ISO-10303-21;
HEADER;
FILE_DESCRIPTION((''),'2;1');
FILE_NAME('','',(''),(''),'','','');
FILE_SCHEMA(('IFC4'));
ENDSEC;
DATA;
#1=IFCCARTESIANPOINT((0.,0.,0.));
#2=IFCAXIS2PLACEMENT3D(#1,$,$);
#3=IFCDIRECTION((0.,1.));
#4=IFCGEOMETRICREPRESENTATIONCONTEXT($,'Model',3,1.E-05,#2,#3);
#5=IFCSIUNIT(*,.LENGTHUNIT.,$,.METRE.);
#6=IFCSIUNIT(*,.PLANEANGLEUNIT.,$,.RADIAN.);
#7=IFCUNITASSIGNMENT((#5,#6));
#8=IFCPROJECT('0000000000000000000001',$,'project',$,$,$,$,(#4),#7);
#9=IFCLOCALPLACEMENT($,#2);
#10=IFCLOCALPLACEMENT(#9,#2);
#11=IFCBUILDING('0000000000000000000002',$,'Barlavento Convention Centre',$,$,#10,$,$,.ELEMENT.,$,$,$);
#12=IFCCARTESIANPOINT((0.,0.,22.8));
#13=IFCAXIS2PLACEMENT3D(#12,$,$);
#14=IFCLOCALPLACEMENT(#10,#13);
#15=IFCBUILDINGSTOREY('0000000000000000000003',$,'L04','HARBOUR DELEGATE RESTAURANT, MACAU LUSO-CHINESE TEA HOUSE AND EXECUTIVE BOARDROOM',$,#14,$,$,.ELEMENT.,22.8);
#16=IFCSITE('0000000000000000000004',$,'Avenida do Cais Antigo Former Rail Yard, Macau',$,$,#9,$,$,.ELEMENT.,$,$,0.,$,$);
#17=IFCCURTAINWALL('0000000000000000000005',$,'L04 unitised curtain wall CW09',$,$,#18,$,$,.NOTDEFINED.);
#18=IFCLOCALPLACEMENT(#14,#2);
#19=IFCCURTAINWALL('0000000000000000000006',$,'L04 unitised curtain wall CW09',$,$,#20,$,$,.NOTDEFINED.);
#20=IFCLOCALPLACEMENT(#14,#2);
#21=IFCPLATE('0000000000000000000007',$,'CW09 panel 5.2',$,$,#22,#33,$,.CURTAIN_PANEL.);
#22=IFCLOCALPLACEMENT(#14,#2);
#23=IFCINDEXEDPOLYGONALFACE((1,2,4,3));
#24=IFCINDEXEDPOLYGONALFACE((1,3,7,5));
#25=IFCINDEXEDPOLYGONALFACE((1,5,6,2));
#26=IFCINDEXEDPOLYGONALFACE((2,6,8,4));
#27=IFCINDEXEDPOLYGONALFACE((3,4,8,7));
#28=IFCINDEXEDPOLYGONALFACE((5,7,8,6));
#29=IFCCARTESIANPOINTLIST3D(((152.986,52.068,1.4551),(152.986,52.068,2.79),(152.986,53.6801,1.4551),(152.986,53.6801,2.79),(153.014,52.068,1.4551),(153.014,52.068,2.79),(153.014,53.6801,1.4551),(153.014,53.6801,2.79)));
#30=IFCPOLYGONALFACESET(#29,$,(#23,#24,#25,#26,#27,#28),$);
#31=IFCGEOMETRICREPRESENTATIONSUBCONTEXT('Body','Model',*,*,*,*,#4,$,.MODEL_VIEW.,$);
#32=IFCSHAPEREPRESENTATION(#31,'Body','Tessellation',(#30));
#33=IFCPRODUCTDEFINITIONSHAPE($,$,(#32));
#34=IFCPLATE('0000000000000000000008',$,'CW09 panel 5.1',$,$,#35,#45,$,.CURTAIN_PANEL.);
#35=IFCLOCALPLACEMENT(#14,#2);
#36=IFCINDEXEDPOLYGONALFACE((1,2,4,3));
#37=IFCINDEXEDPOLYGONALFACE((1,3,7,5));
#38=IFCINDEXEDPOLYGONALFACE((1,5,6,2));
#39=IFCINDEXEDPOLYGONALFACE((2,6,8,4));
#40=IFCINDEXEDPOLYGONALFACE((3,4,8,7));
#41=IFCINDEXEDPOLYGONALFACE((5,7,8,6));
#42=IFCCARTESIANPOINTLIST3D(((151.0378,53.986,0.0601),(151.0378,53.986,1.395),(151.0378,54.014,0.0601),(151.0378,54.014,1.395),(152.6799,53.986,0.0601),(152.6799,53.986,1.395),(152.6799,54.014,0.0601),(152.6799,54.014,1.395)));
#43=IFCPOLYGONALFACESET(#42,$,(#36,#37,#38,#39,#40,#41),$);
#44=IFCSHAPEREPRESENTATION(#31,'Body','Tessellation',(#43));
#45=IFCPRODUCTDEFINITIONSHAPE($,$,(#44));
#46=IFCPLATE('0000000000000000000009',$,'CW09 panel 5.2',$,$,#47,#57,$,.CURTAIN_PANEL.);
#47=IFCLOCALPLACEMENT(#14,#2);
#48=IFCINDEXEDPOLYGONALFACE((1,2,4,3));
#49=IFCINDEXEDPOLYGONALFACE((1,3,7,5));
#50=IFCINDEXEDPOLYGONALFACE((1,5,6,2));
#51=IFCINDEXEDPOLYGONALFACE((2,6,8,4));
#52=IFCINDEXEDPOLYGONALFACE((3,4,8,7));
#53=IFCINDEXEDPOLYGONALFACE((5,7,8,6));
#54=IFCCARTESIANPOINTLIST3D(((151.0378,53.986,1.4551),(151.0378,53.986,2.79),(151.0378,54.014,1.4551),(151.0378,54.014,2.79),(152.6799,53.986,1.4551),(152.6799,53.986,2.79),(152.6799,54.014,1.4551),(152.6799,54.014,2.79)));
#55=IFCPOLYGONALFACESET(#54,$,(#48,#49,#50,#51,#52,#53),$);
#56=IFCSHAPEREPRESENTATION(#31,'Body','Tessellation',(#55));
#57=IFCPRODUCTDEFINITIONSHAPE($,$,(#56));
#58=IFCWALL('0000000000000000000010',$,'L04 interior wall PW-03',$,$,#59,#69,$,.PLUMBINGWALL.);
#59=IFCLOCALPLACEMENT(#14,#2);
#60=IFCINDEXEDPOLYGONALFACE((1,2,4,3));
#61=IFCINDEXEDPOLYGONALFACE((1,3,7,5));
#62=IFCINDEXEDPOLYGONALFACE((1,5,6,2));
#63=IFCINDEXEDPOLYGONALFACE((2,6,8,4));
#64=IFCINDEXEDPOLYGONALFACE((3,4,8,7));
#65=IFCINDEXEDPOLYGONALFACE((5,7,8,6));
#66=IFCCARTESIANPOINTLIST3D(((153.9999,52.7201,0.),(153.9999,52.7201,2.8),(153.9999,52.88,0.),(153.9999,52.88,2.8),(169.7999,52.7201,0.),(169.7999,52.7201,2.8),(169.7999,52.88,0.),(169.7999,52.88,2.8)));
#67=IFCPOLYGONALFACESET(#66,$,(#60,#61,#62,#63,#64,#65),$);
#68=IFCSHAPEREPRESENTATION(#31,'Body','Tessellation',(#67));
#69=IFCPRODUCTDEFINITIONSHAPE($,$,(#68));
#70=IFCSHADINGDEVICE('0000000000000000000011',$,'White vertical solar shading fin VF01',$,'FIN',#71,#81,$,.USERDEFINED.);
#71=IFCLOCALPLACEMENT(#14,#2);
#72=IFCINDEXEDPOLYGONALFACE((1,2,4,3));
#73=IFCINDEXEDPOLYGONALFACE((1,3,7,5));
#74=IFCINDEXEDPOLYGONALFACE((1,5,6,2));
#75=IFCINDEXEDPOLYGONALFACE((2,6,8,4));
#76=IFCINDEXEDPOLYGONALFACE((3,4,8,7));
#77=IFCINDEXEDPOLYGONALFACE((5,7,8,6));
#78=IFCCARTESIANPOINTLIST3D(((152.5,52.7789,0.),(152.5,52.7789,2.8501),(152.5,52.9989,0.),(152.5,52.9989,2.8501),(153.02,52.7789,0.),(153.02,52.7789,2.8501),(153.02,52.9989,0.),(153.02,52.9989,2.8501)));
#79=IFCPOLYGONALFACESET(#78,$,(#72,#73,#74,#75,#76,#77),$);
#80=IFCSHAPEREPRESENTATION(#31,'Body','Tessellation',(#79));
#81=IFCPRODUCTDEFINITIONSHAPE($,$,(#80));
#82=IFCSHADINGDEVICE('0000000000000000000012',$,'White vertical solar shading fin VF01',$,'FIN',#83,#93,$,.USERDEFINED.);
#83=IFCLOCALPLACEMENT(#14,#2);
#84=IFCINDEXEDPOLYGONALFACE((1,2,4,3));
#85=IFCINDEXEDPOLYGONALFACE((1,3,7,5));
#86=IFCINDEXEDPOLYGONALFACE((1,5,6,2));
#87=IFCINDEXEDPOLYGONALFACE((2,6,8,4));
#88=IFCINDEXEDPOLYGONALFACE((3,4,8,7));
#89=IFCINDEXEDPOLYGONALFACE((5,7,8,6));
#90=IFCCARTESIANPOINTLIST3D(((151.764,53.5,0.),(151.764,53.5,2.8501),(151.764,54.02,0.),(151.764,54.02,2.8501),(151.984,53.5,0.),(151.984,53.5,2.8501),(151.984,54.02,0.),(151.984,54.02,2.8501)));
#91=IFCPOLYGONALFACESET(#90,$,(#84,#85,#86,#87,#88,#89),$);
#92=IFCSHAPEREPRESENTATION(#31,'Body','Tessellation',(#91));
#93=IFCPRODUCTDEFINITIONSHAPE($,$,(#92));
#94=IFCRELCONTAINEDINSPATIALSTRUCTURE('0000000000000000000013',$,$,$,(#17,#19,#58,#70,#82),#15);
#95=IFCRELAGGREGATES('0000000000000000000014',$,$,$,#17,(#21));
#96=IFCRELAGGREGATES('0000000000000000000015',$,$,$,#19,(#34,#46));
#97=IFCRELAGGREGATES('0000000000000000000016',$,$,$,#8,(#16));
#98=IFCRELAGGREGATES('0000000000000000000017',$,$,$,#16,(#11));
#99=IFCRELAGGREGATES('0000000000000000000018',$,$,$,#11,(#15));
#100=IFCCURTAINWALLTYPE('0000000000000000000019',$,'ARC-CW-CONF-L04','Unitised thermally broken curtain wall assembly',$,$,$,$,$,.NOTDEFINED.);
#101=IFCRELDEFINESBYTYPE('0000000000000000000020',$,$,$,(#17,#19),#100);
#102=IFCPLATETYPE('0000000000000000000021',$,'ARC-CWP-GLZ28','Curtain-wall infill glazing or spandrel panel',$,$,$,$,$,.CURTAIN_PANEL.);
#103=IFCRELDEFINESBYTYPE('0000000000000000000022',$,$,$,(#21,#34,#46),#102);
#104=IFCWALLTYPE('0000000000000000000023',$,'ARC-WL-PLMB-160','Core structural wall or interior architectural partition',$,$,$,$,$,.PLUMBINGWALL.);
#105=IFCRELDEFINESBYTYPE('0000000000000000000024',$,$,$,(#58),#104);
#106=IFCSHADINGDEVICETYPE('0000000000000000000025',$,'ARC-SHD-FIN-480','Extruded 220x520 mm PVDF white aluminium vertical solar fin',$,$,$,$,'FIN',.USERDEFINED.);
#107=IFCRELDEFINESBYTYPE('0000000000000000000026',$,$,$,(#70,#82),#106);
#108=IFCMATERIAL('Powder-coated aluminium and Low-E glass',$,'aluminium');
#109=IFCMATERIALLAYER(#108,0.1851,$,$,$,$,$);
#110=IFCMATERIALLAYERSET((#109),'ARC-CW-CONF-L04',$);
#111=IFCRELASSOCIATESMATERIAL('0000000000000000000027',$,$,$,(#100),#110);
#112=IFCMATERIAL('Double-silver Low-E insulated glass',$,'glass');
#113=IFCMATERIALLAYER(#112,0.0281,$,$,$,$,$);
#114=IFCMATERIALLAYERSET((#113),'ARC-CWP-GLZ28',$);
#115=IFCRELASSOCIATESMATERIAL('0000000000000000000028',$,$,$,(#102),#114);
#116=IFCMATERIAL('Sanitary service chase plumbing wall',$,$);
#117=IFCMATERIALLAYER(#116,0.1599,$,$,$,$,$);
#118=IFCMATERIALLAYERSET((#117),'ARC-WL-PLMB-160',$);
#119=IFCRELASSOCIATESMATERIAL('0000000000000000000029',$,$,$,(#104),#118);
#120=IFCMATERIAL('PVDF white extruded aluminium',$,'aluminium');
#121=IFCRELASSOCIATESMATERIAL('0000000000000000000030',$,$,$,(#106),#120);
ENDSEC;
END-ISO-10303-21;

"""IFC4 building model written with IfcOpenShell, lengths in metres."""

from ifc_helpers import new_model, si_unit, direction, frame, frame_2d, origin, origin_2d, place, context, subcontext, project, spatial, rectangle, extrude, material, layer, layer_set, type_object, element, aggregate, save


model = new_model("IFC4")

# Units and contexts
model_context = context("Model", 3, precision=1e-05, world=origin(), true_north=direction((0.0, 1.0)))
body_context = subcontext(model_context, "Body", "Model", "MODEL_VIEW")
ifc_project = project(units=[si_unit("LENGTHUNIT", "METRE"), si_unit("PLANEANGLEUNIT", "RADIAN")], contexts=[model_context])

# Site, building, storey
site_placement = place(None, origin())
site = spatial("IfcSite", under=ifc_project, at=site_placement, Name="Avenida do Cais Antigo Former Rail Yard, Macau", CompositionType="ELEMENT", RefElevation=0.0)
building_placement = place(site_placement, origin())
building = spatial("IfcBuilding", under=site, at=building_placement, Name="Barlavento Convention Centre", CompositionType="ELEMENT")
storey_placement = place(building_placement, frame((0.0, 0.0, 22.8)))
storey = spatial("IfcBuildingStorey", under=building, at=storey_placement, Name="L04", Description="HARBOUR DELEGATE RESTAURANT, MACAU LUSO-CHINESE TEA HOUSE AND EXECUTIVE BOARDROOM", CompositionType="ELEMENT", Elevation=22.8)

# Shared definitions
ifc_material_1 = material(Name="Powder-coated aluminium and Low-E glass", Category="aluminium")

# Curtain walls
ifc_layer_1 = layer(ifc_material_1, 0.1851)
ifc_layer_set_1 = layer_set([ifc_layer_1], Name="ARC-CW-CONF-L04")
curtain_wall_type_1 = type_object("IfcCurtainWallType", Name="ARC-CW-CONF-L04", Description="Unitised thermally broken curtain wall assembly", PredefinedType="NOTDEFINED", material=ifc_layer_set_1)
curtain_wall_1_placement = place(storey_placement, origin())
curtain_wall_1 = element("IfcCurtainWall", 1, at=curtain_wall_1_placement, inside=storey, type_object=curtain_wall_type_1, Name="L04 unitised curtain wall CW09", PredefinedType="NOTDEFINED")
curtain_wall_2_placement = place(storey_placement, origin())
curtain_wall_2 = element("IfcCurtainWall", 2, at=curtain_wall_2_placement, inside=storey, type_object=curtain_wall_type_1, Name="L04 unitised curtain wall CW09", PredefinedType="NOTDEFINED")

# Plates
ifc_material_2 = material(Name="Double-silver Low-E insulated glass", Category="glass")
ifc_layer_2 = layer(ifc_material_2, 0.0281)
ifc_layer_set_2 = layer_set([ifc_layer_2], Name="ARC-CWP-GLZ28")
plate_type = type_object("IfcPlateType", Name="ARC-CWP-GLZ28", Description="Curtain-wall infill glazing or spandrel panel", PredefinedType="CURTAIN_PANEL", material=ifc_layer_set_2)
plate_1_placement = place(storey_placement, frame((153.0, 52.874, 1.4551), z_axis=(0.0, 0.0, 1.0), x_axis=(0.0, 1.0, 0.0)))
plate_1 = element("IfcPlate", 3, at=plate_1_placement, type_object=plate_type, Name="CW09 panel 5.2", PredefinedType="CURTAIN_PANEL", context=body_context, shape_type="SweptSolid", body=[
    extrude(rectangle(XDim=1.6121, YDim=0.0281, at=origin_2d()), origin(), (0.0, 0.0, 1.0), 1.335),
])
aggregate(curtain_wall_1, [plate_1])
plate_2_placement = place(storey_placement, frame((151.8589, 54.0, 0.0601), z_axis=(0.0, 0.0, 1.0), x_axis=(1.0, 0.0, 0.0)))
plate_2 = element("IfcPlate", 4, at=plate_2_placement, type_object=plate_type, Name="CW09 panel 5.1", PredefinedType="CURTAIN_PANEL", context=body_context, shape_type="SweptSolid", body=[
    extrude(rectangle(XDim=1.6421, YDim=0.0281, at=origin_2d()), origin(), (0.0, 0.0, 1.0), 1.335),
])
plate_3_placement = place(storey_placement, frame((151.8589, 54.0, 1.4551), z_axis=(0.0, 0.0, 1.0), x_axis=(1.0, 0.0, 0.0)))
plate_3 = element("IfcPlate", 5, at=plate_3_placement, type_object=plate_type, Name="CW09 panel 5.2", PredefinedType="CURTAIN_PANEL", context=body_context, shape_type="SweptSolid", body=[
    extrude(rectangle(XDim=1.6421, YDim=0.0281, at=origin_2d()), origin(), (0.0, 0.0, 1.0), 1.335),
])
aggregate(curtain_wall_2, [plate_2, plate_3])

# Wall
ifc_material_3 = material(Name="Sanitary service chase plumbing wall")
ifc_layer_3 = layer(ifc_material_3, 0.1599)
ifc_layer_set_3 = layer_set([ifc_layer_3], Name="ARC-WL-PLMB-160")
wall_type = type_object("IfcWallType", Name="ARC-WL-PLMB-160", Description="Core structural wall or interior architectural partition", PredefinedType="PLUMBINGWALL", material=ifc_layer_set_3)
wall_placement = place(storey_placement, frame((154.0, 52.8, 0.0), z_axis=(0.0, 0.0, 1.0), x_axis=(1.0, 0.0, 0.0)))
element("IfcWall", 6, at=wall_placement, inside=storey, type_object=wall_type, Name="L04 interior wall PW-03", PredefinedType="PLUMBINGWALL", context=body_context, shape_type="SweptSolid", body=[
    extrude(rectangle(XDim=15.8, YDim=0.1599, at=frame_2d((7.8999, 0.0))), origin(), (0.0, 0.0, 1.0), 2.8),
])

# Shading devices
ifc_material_4 = material(Name="PVDF white extruded aluminium", Category="aluminium")
shading_device_type = type_object("IfcShadingDeviceType", Name="ARC-SHD-FIN-480", Description="Extruded 220x520 mm PVDF white aluminium vertical solar fin", ElementType="FIN", PredefinedType="USERDEFINED", material=ifc_material_4)
for number, where, z_axis, x_axis, name in (
    (7, (152.76, 52.8889, 0.0), (0.0, 0.0, 1.0), (0.0, 1.0, 0.0), "White vertical solar shading fin VF01"),
    (8, (151.874, 53.76, 0.0), (0.0, 0.0, 1.0), (1.0, 0.0, 0.0), "White vertical solar shading fin VF01"),
):
    element("IfcShadingDevice", number, at=place(storey_placement, frame(where, z_axis=z_axis, x_axis=x_axis)), inside=storey, type_object=shading_device_type, Name=name, ObjectType="FIN", PredefinedType="USERDEFINED", context=body_context, shape_type="SweptSolid", body=[
        extrude(rectangle(XDim=0.22, YDim=0.52, at=origin_2d()), origin(), (0.0, 0.0, 1.0), 2.8501),
    ])

save(model, "model.ifc")
